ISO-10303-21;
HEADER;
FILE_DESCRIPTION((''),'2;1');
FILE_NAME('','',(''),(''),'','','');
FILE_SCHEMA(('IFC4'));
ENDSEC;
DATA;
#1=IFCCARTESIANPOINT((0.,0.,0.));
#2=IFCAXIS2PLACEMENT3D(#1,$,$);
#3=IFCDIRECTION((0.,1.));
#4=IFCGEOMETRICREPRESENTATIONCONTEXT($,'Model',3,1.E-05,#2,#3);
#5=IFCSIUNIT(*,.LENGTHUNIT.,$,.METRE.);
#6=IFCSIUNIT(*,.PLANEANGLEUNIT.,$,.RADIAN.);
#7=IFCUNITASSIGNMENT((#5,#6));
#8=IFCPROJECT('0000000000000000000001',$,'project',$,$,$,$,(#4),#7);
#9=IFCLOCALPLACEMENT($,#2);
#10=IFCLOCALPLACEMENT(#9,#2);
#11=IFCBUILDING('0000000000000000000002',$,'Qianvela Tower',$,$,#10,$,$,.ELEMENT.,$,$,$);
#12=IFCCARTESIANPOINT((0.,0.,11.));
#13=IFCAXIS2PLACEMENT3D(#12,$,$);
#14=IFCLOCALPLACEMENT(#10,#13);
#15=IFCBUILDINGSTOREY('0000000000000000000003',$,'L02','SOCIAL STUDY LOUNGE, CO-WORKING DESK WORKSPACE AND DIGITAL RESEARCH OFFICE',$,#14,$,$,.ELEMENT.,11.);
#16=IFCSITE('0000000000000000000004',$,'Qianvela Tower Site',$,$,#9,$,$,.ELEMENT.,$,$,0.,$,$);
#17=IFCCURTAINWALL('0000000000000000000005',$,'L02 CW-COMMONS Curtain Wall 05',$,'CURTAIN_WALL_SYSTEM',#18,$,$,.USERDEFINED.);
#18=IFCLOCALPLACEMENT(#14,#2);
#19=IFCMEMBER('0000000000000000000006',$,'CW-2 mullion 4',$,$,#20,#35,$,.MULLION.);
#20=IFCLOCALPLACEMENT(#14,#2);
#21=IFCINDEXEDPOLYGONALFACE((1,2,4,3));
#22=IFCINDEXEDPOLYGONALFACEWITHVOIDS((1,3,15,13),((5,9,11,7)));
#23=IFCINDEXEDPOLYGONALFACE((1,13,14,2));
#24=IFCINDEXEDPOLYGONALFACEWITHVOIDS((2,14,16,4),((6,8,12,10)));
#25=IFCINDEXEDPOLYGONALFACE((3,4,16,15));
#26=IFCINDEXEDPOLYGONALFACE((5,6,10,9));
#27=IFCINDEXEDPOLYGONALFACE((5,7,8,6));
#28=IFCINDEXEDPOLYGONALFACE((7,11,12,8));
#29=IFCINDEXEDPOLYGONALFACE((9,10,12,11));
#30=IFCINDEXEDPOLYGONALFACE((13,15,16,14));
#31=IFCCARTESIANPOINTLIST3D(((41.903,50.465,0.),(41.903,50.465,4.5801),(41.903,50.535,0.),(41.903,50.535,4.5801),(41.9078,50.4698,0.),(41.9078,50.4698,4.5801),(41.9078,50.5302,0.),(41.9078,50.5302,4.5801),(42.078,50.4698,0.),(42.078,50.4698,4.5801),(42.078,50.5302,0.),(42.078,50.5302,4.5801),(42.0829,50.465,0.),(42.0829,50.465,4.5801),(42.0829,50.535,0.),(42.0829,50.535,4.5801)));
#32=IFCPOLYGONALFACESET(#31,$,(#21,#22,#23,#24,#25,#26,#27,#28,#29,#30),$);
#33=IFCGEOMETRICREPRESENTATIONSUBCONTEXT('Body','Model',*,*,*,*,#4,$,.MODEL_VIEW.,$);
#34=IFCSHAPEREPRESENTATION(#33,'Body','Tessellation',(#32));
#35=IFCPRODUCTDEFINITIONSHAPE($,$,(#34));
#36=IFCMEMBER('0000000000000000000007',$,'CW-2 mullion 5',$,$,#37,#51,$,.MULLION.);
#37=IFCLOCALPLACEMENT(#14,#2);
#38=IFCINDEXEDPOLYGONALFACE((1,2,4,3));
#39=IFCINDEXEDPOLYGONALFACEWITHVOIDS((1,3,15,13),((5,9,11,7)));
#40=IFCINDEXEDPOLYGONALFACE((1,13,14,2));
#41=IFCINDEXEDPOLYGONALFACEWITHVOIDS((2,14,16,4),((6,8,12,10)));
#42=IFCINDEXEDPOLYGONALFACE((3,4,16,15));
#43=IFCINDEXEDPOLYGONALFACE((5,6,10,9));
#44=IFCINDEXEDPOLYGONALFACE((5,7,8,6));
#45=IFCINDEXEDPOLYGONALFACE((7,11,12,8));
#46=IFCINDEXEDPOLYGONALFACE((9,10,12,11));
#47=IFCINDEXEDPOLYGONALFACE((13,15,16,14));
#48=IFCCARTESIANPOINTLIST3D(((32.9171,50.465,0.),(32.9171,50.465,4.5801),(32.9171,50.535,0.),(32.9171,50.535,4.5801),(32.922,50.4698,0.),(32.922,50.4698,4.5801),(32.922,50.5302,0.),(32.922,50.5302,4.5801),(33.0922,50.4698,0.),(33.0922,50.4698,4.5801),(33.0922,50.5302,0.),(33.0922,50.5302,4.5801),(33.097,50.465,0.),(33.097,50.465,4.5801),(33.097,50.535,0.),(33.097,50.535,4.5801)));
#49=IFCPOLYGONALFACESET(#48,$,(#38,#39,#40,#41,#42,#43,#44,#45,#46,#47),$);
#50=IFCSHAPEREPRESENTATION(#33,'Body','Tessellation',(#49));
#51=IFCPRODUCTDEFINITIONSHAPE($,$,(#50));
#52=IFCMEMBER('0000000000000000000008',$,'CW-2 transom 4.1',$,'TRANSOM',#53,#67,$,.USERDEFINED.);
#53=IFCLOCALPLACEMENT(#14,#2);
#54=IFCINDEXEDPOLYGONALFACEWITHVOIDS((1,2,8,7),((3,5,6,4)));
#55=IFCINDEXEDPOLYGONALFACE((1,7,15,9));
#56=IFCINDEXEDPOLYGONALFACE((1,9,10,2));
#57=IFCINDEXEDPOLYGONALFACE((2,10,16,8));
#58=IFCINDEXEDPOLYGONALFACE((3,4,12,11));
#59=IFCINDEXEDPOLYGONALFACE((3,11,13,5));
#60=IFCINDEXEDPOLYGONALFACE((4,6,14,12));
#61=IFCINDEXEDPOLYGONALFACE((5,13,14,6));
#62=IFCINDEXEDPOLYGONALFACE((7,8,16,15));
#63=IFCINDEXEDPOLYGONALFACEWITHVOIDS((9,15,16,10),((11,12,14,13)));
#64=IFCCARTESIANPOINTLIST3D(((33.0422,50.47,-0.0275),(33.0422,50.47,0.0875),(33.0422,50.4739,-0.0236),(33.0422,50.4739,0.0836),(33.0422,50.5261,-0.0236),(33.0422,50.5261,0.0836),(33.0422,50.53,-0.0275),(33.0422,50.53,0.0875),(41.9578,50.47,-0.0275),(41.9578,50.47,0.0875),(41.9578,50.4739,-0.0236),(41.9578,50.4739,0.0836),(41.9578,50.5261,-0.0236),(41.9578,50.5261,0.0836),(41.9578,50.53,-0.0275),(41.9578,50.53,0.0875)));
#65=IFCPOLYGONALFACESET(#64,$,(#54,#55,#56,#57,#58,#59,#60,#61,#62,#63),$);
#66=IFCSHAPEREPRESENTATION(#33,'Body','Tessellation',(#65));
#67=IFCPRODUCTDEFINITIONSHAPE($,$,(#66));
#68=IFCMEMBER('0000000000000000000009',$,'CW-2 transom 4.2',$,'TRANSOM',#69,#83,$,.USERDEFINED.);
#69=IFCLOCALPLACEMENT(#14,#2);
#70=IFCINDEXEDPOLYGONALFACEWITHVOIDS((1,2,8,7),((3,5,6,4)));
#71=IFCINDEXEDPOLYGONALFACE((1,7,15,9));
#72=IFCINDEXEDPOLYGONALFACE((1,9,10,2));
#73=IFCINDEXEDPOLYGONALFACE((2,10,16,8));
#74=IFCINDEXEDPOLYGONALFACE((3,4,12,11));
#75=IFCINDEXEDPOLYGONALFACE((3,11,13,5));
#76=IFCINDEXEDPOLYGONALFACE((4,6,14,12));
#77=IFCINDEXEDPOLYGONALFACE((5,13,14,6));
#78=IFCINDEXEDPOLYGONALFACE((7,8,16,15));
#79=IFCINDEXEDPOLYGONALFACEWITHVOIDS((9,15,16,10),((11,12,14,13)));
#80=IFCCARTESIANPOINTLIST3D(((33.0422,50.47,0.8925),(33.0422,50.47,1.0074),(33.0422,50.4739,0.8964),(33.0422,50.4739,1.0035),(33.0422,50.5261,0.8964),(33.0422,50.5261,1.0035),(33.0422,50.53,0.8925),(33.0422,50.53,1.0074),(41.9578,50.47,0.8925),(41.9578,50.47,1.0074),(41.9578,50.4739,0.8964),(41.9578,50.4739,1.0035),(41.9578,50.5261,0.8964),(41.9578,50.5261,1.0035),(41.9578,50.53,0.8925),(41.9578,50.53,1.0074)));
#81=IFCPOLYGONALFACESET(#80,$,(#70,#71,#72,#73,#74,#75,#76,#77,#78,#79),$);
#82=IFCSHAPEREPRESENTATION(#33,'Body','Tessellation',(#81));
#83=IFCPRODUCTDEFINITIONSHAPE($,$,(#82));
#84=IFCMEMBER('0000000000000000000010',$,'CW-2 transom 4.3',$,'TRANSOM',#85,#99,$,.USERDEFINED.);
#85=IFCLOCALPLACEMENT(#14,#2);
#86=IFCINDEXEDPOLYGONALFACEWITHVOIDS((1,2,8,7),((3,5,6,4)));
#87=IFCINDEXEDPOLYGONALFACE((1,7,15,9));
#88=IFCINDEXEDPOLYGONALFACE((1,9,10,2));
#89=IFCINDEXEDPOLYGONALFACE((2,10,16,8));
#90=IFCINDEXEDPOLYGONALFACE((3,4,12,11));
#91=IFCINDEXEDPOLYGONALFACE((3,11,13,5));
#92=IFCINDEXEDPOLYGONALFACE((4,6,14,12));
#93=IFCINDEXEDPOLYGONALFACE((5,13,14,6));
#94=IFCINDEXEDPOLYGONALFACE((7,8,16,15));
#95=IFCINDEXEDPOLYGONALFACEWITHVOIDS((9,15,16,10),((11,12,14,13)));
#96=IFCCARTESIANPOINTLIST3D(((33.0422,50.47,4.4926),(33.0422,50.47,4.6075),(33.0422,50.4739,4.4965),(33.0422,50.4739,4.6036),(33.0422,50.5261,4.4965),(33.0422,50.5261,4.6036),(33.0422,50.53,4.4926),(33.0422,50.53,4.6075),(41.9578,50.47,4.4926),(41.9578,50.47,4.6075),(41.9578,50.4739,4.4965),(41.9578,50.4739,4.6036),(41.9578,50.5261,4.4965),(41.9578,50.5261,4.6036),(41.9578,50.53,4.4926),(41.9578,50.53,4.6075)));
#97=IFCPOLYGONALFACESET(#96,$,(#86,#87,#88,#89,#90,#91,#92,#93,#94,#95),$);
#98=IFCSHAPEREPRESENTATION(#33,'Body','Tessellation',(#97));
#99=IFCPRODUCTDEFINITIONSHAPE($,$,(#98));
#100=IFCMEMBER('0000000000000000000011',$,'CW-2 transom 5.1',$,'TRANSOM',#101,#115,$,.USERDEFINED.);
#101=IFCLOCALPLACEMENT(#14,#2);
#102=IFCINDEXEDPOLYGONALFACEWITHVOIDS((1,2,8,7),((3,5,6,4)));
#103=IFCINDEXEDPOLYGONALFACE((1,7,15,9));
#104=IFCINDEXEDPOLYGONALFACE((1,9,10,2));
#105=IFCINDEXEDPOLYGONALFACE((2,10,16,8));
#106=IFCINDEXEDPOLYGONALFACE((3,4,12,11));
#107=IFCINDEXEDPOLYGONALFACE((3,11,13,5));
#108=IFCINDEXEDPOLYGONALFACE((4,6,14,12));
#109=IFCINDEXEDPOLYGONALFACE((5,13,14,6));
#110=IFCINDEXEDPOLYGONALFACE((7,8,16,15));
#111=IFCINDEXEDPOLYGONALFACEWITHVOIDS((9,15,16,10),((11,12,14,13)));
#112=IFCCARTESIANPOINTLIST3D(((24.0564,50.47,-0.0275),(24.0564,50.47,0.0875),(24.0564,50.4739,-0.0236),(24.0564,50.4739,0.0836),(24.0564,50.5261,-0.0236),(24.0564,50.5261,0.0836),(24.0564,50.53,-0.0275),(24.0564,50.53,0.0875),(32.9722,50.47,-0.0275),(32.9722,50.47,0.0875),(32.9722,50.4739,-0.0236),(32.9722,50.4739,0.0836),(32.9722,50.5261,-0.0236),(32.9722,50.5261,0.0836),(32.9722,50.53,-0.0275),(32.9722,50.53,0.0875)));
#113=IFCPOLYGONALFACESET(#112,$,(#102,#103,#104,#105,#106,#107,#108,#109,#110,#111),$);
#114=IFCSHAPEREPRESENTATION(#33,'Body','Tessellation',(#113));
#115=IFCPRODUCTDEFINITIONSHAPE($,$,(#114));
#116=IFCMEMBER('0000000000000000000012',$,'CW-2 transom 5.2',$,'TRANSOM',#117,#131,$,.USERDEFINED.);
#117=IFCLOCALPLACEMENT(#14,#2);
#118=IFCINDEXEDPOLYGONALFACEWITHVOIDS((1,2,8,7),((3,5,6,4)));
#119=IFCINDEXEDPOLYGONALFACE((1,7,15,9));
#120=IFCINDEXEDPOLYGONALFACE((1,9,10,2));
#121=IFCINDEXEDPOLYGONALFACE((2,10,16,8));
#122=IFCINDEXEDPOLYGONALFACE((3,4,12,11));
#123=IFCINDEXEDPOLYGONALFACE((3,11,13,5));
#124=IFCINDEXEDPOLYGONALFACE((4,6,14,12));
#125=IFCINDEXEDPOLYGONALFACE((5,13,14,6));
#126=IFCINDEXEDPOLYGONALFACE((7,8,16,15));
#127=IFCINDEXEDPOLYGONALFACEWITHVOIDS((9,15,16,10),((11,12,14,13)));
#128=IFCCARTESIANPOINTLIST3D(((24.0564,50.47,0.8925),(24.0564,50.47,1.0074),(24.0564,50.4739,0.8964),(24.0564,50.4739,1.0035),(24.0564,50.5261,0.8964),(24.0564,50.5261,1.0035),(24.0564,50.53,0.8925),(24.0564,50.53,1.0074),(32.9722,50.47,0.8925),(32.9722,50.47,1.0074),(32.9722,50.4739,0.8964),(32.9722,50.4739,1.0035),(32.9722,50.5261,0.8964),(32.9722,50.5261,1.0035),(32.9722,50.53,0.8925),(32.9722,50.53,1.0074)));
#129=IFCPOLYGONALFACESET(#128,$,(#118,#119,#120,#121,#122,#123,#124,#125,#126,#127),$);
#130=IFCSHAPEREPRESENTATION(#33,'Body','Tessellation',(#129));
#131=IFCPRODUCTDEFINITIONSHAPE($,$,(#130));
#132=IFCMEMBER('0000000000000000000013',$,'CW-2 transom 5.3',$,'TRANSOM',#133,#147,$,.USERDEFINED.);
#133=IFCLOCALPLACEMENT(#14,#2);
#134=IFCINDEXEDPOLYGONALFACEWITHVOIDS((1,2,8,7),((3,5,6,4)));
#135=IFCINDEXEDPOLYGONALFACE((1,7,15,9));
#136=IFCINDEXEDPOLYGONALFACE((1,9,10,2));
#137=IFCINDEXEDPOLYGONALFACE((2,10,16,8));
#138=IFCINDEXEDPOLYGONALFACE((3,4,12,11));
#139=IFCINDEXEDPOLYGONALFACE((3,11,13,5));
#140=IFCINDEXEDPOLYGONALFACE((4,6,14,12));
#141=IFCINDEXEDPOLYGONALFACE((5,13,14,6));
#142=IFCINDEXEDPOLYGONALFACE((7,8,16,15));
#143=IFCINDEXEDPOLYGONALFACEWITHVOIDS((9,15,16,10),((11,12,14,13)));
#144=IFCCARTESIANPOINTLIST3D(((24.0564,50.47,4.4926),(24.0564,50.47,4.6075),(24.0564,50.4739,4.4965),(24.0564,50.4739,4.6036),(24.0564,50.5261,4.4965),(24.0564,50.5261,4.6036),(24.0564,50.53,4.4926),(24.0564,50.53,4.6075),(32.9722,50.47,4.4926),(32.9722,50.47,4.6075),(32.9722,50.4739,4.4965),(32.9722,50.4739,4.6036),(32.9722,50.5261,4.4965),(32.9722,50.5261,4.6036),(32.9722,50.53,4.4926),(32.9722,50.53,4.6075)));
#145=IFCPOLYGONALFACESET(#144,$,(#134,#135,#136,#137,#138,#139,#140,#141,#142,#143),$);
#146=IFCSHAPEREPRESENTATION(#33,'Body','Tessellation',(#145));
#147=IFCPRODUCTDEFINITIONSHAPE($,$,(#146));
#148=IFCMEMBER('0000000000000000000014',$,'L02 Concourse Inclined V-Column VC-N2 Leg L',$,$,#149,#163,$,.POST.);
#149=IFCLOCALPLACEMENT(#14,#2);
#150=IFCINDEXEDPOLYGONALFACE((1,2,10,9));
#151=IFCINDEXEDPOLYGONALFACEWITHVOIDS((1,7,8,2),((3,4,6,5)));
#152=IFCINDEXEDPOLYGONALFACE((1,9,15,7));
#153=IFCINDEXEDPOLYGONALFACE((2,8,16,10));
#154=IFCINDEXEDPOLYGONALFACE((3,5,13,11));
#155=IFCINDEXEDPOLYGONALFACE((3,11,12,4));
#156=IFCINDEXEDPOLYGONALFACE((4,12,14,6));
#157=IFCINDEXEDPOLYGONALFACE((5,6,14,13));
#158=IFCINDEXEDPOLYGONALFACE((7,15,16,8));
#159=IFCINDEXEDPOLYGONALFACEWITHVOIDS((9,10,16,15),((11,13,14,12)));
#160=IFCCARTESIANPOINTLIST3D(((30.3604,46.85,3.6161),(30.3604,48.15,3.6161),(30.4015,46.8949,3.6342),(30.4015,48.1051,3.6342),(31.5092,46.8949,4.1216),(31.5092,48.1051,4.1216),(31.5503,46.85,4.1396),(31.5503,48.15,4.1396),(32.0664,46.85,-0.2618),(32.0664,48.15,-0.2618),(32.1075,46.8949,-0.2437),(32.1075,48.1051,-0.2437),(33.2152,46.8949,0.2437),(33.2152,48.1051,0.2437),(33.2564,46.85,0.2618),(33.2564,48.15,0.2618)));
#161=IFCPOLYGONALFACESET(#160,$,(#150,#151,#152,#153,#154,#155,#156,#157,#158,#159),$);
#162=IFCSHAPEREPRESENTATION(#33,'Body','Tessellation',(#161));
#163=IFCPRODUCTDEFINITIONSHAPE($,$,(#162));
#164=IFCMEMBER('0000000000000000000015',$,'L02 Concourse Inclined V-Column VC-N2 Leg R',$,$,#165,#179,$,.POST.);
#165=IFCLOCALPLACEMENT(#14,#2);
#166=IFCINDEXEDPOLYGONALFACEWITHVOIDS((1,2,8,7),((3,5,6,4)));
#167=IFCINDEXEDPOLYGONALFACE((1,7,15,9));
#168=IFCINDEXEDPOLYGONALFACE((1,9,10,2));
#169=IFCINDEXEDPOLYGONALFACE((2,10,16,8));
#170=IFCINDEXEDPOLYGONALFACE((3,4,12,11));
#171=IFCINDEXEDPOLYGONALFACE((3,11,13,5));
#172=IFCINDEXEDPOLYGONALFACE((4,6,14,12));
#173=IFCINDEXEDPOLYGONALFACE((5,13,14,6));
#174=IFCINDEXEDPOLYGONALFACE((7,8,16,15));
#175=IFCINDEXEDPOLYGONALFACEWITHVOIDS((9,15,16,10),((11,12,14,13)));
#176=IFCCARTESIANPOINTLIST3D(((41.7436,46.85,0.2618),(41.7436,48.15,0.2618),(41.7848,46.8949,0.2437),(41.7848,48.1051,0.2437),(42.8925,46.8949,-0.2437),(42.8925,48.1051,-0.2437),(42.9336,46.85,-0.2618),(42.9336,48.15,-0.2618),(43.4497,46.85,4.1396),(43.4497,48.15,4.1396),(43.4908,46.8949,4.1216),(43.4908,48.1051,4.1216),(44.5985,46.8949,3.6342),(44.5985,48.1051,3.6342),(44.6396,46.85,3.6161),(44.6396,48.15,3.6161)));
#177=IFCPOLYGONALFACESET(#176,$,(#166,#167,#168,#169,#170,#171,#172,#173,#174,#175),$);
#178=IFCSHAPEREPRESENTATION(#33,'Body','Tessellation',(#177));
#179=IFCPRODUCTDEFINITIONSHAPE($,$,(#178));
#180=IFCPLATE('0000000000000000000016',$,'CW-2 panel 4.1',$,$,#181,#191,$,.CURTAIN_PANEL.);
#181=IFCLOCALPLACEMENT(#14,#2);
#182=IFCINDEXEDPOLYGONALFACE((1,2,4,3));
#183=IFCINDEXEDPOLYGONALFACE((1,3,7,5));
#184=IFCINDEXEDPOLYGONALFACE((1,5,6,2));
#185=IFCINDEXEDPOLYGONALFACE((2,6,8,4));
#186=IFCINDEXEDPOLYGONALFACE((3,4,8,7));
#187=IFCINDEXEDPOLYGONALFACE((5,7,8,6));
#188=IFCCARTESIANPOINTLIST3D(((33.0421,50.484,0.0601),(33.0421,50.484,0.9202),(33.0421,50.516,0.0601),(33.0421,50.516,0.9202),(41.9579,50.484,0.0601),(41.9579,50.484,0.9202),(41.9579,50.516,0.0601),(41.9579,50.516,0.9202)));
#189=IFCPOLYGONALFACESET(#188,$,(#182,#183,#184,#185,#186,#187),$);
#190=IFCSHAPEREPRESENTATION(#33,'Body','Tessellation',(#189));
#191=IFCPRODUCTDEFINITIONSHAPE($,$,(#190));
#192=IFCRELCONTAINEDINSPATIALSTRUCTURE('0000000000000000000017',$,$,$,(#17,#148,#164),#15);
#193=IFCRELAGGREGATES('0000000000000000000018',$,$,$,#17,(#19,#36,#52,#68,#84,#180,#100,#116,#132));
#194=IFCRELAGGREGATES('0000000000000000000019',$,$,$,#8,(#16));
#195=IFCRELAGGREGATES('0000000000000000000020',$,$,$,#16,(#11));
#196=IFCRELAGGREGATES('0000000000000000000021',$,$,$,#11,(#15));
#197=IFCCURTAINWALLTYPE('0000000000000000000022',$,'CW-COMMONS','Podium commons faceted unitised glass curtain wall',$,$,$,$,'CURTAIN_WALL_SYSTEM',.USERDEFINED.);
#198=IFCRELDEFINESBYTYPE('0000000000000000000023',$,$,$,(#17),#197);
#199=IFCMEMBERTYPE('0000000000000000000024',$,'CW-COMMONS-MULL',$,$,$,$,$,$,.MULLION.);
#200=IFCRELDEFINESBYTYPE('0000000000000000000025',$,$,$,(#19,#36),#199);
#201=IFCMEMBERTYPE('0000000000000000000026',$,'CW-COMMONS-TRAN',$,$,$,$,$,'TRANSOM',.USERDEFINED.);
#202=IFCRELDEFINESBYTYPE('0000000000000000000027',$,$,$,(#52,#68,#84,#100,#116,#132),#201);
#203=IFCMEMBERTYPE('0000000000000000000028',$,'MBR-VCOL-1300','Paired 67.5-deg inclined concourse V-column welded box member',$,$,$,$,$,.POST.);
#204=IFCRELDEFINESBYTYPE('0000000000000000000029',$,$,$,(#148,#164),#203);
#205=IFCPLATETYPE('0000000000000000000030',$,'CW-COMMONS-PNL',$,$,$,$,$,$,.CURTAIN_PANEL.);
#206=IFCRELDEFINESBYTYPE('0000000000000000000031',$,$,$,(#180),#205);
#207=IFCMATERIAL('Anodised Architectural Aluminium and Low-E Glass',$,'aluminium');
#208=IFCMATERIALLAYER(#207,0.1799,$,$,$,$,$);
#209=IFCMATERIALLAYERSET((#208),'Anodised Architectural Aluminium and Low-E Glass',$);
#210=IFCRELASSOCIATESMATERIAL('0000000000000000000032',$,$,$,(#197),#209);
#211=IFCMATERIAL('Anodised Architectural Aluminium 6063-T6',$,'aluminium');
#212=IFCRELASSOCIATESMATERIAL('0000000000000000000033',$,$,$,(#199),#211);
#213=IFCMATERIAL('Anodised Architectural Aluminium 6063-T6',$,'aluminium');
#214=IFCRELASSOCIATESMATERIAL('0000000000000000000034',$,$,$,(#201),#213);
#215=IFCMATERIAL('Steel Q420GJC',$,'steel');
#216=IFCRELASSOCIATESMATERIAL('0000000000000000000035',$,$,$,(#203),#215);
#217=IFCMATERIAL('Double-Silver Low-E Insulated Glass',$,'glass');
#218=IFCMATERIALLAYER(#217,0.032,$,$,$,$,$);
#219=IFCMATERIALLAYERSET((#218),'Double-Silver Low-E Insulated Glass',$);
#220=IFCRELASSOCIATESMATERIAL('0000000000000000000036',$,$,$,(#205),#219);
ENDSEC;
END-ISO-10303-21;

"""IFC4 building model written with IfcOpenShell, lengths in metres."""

from ifc_helpers import new_model, si_unit, direction, frame, origin, origin_2d, place, context, subcontext, project, spatial, rectangle, hollow_rectangle, extrude, material, layer, layer_set, material_profile, profile_set, type_object, element, aggregate, save


model = new_model("IFC4")

# Units and contexts
model_context = context("Model", 3, precision=1e-05, world=origin(), true_north=direction((0.0, 1.0)))
body_context = subcontext(model_context, "Body", "Model", "MODEL_VIEW")
ifc_project = project(units=[si_unit("LENGTHUNIT", "METRE"), si_unit("PLANEANGLEUNIT", "RADIAN")], contexts=[model_context])

# Site, building, storey
site_placement = place(None, origin())
site = spatial("IfcSite", under=ifc_project, at=site_placement, Name="Qianvela Tower Site", CompositionType="ELEMENT", RefElevation=0.0)
building_placement = place(site_placement, origin())
building = spatial("IfcBuilding", under=site, at=building_placement, Name="Qianvela Tower", CompositionType="ELEMENT")
storey_placement = place(building_placement, frame((0.0, 0.0, 11.0)))
storey = spatial("IfcBuildingStorey", under=building, at=storey_placement, Name="L02", Description="SOCIAL STUDY LOUNGE, CO-WORKING DESK WORKSPACE AND DIGITAL RESEARCH OFFICE", CompositionType="ELEMENT", Elevation=11.0)

# Curtain wall, members
ifc_material_1 = material(Name="Anodised Architectural Aluminium and Low-E Glass", Category="aluminium")
ifc_layer_1 = layer(ifc_material_1, 0.1799)
ifc_layer_set_1 = layer_set([ifc_layer_1], Name="Anodised Architectural Aluminium and Low-E Glass")
curtain_wall_type = type_object("IfcCurtainWallType", Name="CW-COMMONS", Description="Podium commons faceted unitised glass curtain wall", ElementType="CURTAIN_WALL_SYSTEM", PredefinedType="USERDEFINED", material=ifc_layer_set_1)
curtain_wall_placement = place(storey_placement, origin())
curtain_wall = element("IfcCurtainWall", 1, at=curtain_wall_placement, inside=storey, type_object=curtain_wall_type, Name="L02 CW-COMMONS Curtain Wall 05", ObjectType="CURTAIN_WALL_SYSTEM", PredefinedType="USERDEFINED")
ifc_material_2 = material(Name="Anodised Architectural Aluminium 6063-T6", Category="aluminium")
ifc_material_profile_1 = material_profile(ifc_material_2, hollow_rectangle(XDim=0.0701, YDim=0.1799, WallThickness=0.0049, at=origin_2d()), Name="ALU-MULL-70x180")
ifc_profile_set_1 = profile_set([ifc_material_profile_1], Name="Anodised Architectural Aluminium 6063-T6")
member_type_1 = type_object("IfcMemberType", Name="CW-COMMONS-MULL", PredefinedType="MULLION", material=ifc_profile_set_1)
member_1_placement = place(storey_placement, frame((41.9929, 50.5, 0.0), z_axis=(0.0, 0.0, 1.0), x_axis=(0.0, -1.0, 0.0)))
member_1 = element("IfcMember", 2, at=member_1_placement, type_object=member_type_1, Name="CW-2 mullion 4", PredefinedType="MULLION", context=body_context, shape_type="SweptSolid", body=[
    extrude(hollow_rectangle(XDim=0.0701, YDim=0.1799, WallThickness=0.0049, at=origin_2d()), origin(), (0.0, 0.0, 1.0), 4.5801),
])
member_2_placement = place(storey_placement, frame((33.0071, 50.5, 0.0), z_axis=(0.0, 0.0, 1.0), x_axis=(0.0, -1.0, 0.0)))
member_2 = element("IfcMember", 3, at=member_2_placement, type_object=member_type_1, Name="CW-2 mullion 5", PredefinedType="MULLION", context=body_context, shape_type="SweptSolid", body=[
    extrude(hollow_rectangle(XDim=0.0701, YDim=0.1799, WallThickness=0.0049, at=origin_2d()), origin(), (0.0, 0.0, 1.0), 4.5801),
])
ifc_material_3 = material(Name="Anodised Architectural Aluminium 6063-T6", Category="aluminium")
ifc_material_profile_2 = material_profile(ifc_material_3, hollow_rectangle(XDim=0.0601, YDim=0.115, WallThickness=0.0039, at=origin_2d()), Name="ALU-TRAN-60x115")
ifc_profile_set_2 = profile_set([ifc_material_profile_2], Name="Anodised Architectural Aluminium 6063-T6")
member_type_2 = type_object("IfcMemberType", Name="CW-COMMONS-TRAN", ElementType="TRANSOM", PredefinedType="USERDEFINED", material=ifc_profile_set_2)
member_3_placement = place(storey_placement, frame((41.9578, 50.5, 0.03), z_axis=(-1.0, 0.0, 0.0), x_axis=(0.0, -1.0, 0.0)))
member_3 = element("IfcMember", 4, at=member_3_placement, type_object=member_type_2, Name="CW-2 transom 4.1", ObjectType="TRANSOM", PredefinedType="USERDEFINED", context=body_context, shape_type="SweptSolid", body=[
    extrude(hollow_rectangle(XDim=0.0601, YDim=0.115, WallThickness=0.0039, at=origin_2d()), origin(), (0.0, 0.0, 1.0), 8.9155),
])
member_4_placement = place(storey_placement, frame((41.9578, 50.5, 0.95), z_axis=(-1.0, 0.0, 0.0), x_axis=(0.0, -1.0, 0.0)))
member_4 = element("IfcMember", 5, at=member_4_placement, type_object=member_type_2, Name="CW-2 transom 4.2", ObjectType="TRANSOM", PredefinedType="USERDEFINED", context=body_context, shape_type="SweptSolid", body=[
    extrude(hollow_rectangle(XDim=0.0601, YDim=0.115, WallThickness=0.0039, at=origin_2d()), origin(), (0.0, 0.0, 1.0), 8.9155),
])
member_5_placement = place(storey_placement, frame((41.9578, 50.5, 4.55), z_axis=(-1.0, 0.0, 0.0), x_axis=(0.0, -1.0, 0.0)))
member_5 = element("IfcMember", 6, at=member_5_placement, type_object=member_type_2, Name="CW-2 transom 4.3", ObjectType="TRANSOM", PredefinedType="USERDEFINED", context=body_context, shape_type="SweptSolid", body=[
    extrude(hollow_rectangle(XDim=0.0601, YDim=0.115, WallThickness=0.0039, at=origin_2d()), origin(), (0.0, 0.0, 1.0), 8.9155),
])
member_6_placement = place(storey_placement, frame((32.9722, 50.5, 0.03), z_axis=(-1.0, 0.0, 0.0), x_axis=(0.0, -1.0, 0.0)))
member_6 = element("IfcMember", 7, at=member_6_placement, type_object=member_type_2, Name="CW-2 transom 5.1", ObjectType="TRANSOM", PredefinedType="USERDEFINED", context=body_context, shape_type="SweptSolid", body=[
    extrude(hollow_rectangle(XDim=0.0601, YDim=0.115, WallThickness=0.0039, at=origin_2d()), origin(), (0.0, 0.0, 1.0), 8.9158),
])
member_7_placement = place(storey_placement, frame((32.9722, 50.5, 0.95), z_axis=(-1.0, 0.0, 0.0), x_axis=(0.0, -1.0, 0.0)))
member_7 = element("IfcMember", 8, at=member_7_placement, type_object=member_type_2, Name="CW-2 transom 5.2", ObjectType="TRANSOM", PredefinedType="USERDEFINED", context=body_context, shape_type="SweptSolid", body=[
    extrude(hollow_rectangle(XDim=0.0601, YDim=0.115, WallThickness=0.0039, at=origin_2d()), origin(), (0.0, 0.0, 1.0), 8.9158),
])
member_8_placement = place(storey_placement, frame((32.9722, 50.5, 4.55), z_axis=(-1.0, 0.0, 0.0), x_axis=(0.0, -1.0, 0.0)))
member_8 = element("IfcMember", 9, at=member_8_placement, type_object=member_type_2, Name="CW-2 transom 5.3", ObjectType="TRANSOM", PredefinedType="USERDEFINED", context=body_context, shape_type="SweptSolid", body=[
    extrude(hollow_rectangle(XDim=0.0601, YDim=0.115, WallThickness=0.0039, at=origin_2d()), origin(), (0.0, 0.0, 1.0), 8.9158),
])

# Members
ifc_material_4 = material(Name="Steel Q420GJC", Category="steel")
ifc_material_profile_3 = material_profile(ifc_material_4, hollow_rectangle(XDim=1.3, YDim=1.3, WallThickness=0.0449, at=origin_2d()), Name="VBOX-1300x1300x45")
ifc_profile_set_3 = profile_set([ifc_material_profile_3], Name="Steel Q420GJC")
member_type_3 = type_object("IfcMemberType", Name="MBR-VCOL-1300", Description="Paired 67.5-deg inclined concourse V-column welded box member", PredefinedType="POST", material=ifc_profile_set_3)
for number, where, z_axis, x_axis, name in (
    (10, (32.6614, 47.5, 0.0), (-0.402692, 0.0, 0.915335), (0.0, -1.0, 0.0), "L02 Concourse Inclined V-Column VC-N2 Leg L"),
    (11, (42.3386, 47.5, 0.0), (0.402692, 0.0, 0.915335), (0.0, 1.0, 0.0), "L02 Concourse Inclined V-Column VC-N2 Leg R"),
):
    element("IfcMember", number, at=place(storey_placement, frame(where, z_axis=z_axis, x_axis=x_axis)), inside=storey, type_object=member_type_3, Name=name, PredefinedType="POST", context=body_context, shape_type="SweptSolid", body=[
        extrude(hollow_rectangle(XDim=1.3, YDim=1.3, WallThickness=0.0449, at=origin_2d()), origin(), (0.0, 0.0, 1.0), 4.2366),
    ])

# Plate
ifc_material_5 = material(Name="Double-Silver Low-E Insulated Glass", Category="glass")
ifc_layer_2 = layer(ifc_material_5, 0.032)
ifc_layer_set_2 = layer_set([ifc_layer_2], Name="Double-Silver Low-E Insulated Glass")
plate_type_1 = type_object("IfcPlateType", Name="CW-COMMONS-PNL", PredefinedType="CURTAIN_PANEL", material=ifc_layer_set_2)
plate_1_placement = place(storey_placement, frame((37.5, 50.5, 0.0601), z_axis=(0.0, 0.0, 1.0), x_axis=(-1.0, 0.0, 0.0)))
plate_1 = element("IfcPlate", 12, at=plate_1_placement, type_object=plate_type_1, Name="CW-2 panel 4.1", PredefinedType="CURTAIN_PANEL", context=body_context, shape_type="SweptSolid", body=[
    extrude(rectangle(XDim=8.9158, YDim=0.032, at=origin_2d()), origin(), (0.0, 0.0, 1.0), 0.8601),
])
aggregate(curtain_wall, [member_1, member_2, member_3, member_4, member_5, plate_1, member_6, member_7, member_8])

save(model, "model.ifc")
